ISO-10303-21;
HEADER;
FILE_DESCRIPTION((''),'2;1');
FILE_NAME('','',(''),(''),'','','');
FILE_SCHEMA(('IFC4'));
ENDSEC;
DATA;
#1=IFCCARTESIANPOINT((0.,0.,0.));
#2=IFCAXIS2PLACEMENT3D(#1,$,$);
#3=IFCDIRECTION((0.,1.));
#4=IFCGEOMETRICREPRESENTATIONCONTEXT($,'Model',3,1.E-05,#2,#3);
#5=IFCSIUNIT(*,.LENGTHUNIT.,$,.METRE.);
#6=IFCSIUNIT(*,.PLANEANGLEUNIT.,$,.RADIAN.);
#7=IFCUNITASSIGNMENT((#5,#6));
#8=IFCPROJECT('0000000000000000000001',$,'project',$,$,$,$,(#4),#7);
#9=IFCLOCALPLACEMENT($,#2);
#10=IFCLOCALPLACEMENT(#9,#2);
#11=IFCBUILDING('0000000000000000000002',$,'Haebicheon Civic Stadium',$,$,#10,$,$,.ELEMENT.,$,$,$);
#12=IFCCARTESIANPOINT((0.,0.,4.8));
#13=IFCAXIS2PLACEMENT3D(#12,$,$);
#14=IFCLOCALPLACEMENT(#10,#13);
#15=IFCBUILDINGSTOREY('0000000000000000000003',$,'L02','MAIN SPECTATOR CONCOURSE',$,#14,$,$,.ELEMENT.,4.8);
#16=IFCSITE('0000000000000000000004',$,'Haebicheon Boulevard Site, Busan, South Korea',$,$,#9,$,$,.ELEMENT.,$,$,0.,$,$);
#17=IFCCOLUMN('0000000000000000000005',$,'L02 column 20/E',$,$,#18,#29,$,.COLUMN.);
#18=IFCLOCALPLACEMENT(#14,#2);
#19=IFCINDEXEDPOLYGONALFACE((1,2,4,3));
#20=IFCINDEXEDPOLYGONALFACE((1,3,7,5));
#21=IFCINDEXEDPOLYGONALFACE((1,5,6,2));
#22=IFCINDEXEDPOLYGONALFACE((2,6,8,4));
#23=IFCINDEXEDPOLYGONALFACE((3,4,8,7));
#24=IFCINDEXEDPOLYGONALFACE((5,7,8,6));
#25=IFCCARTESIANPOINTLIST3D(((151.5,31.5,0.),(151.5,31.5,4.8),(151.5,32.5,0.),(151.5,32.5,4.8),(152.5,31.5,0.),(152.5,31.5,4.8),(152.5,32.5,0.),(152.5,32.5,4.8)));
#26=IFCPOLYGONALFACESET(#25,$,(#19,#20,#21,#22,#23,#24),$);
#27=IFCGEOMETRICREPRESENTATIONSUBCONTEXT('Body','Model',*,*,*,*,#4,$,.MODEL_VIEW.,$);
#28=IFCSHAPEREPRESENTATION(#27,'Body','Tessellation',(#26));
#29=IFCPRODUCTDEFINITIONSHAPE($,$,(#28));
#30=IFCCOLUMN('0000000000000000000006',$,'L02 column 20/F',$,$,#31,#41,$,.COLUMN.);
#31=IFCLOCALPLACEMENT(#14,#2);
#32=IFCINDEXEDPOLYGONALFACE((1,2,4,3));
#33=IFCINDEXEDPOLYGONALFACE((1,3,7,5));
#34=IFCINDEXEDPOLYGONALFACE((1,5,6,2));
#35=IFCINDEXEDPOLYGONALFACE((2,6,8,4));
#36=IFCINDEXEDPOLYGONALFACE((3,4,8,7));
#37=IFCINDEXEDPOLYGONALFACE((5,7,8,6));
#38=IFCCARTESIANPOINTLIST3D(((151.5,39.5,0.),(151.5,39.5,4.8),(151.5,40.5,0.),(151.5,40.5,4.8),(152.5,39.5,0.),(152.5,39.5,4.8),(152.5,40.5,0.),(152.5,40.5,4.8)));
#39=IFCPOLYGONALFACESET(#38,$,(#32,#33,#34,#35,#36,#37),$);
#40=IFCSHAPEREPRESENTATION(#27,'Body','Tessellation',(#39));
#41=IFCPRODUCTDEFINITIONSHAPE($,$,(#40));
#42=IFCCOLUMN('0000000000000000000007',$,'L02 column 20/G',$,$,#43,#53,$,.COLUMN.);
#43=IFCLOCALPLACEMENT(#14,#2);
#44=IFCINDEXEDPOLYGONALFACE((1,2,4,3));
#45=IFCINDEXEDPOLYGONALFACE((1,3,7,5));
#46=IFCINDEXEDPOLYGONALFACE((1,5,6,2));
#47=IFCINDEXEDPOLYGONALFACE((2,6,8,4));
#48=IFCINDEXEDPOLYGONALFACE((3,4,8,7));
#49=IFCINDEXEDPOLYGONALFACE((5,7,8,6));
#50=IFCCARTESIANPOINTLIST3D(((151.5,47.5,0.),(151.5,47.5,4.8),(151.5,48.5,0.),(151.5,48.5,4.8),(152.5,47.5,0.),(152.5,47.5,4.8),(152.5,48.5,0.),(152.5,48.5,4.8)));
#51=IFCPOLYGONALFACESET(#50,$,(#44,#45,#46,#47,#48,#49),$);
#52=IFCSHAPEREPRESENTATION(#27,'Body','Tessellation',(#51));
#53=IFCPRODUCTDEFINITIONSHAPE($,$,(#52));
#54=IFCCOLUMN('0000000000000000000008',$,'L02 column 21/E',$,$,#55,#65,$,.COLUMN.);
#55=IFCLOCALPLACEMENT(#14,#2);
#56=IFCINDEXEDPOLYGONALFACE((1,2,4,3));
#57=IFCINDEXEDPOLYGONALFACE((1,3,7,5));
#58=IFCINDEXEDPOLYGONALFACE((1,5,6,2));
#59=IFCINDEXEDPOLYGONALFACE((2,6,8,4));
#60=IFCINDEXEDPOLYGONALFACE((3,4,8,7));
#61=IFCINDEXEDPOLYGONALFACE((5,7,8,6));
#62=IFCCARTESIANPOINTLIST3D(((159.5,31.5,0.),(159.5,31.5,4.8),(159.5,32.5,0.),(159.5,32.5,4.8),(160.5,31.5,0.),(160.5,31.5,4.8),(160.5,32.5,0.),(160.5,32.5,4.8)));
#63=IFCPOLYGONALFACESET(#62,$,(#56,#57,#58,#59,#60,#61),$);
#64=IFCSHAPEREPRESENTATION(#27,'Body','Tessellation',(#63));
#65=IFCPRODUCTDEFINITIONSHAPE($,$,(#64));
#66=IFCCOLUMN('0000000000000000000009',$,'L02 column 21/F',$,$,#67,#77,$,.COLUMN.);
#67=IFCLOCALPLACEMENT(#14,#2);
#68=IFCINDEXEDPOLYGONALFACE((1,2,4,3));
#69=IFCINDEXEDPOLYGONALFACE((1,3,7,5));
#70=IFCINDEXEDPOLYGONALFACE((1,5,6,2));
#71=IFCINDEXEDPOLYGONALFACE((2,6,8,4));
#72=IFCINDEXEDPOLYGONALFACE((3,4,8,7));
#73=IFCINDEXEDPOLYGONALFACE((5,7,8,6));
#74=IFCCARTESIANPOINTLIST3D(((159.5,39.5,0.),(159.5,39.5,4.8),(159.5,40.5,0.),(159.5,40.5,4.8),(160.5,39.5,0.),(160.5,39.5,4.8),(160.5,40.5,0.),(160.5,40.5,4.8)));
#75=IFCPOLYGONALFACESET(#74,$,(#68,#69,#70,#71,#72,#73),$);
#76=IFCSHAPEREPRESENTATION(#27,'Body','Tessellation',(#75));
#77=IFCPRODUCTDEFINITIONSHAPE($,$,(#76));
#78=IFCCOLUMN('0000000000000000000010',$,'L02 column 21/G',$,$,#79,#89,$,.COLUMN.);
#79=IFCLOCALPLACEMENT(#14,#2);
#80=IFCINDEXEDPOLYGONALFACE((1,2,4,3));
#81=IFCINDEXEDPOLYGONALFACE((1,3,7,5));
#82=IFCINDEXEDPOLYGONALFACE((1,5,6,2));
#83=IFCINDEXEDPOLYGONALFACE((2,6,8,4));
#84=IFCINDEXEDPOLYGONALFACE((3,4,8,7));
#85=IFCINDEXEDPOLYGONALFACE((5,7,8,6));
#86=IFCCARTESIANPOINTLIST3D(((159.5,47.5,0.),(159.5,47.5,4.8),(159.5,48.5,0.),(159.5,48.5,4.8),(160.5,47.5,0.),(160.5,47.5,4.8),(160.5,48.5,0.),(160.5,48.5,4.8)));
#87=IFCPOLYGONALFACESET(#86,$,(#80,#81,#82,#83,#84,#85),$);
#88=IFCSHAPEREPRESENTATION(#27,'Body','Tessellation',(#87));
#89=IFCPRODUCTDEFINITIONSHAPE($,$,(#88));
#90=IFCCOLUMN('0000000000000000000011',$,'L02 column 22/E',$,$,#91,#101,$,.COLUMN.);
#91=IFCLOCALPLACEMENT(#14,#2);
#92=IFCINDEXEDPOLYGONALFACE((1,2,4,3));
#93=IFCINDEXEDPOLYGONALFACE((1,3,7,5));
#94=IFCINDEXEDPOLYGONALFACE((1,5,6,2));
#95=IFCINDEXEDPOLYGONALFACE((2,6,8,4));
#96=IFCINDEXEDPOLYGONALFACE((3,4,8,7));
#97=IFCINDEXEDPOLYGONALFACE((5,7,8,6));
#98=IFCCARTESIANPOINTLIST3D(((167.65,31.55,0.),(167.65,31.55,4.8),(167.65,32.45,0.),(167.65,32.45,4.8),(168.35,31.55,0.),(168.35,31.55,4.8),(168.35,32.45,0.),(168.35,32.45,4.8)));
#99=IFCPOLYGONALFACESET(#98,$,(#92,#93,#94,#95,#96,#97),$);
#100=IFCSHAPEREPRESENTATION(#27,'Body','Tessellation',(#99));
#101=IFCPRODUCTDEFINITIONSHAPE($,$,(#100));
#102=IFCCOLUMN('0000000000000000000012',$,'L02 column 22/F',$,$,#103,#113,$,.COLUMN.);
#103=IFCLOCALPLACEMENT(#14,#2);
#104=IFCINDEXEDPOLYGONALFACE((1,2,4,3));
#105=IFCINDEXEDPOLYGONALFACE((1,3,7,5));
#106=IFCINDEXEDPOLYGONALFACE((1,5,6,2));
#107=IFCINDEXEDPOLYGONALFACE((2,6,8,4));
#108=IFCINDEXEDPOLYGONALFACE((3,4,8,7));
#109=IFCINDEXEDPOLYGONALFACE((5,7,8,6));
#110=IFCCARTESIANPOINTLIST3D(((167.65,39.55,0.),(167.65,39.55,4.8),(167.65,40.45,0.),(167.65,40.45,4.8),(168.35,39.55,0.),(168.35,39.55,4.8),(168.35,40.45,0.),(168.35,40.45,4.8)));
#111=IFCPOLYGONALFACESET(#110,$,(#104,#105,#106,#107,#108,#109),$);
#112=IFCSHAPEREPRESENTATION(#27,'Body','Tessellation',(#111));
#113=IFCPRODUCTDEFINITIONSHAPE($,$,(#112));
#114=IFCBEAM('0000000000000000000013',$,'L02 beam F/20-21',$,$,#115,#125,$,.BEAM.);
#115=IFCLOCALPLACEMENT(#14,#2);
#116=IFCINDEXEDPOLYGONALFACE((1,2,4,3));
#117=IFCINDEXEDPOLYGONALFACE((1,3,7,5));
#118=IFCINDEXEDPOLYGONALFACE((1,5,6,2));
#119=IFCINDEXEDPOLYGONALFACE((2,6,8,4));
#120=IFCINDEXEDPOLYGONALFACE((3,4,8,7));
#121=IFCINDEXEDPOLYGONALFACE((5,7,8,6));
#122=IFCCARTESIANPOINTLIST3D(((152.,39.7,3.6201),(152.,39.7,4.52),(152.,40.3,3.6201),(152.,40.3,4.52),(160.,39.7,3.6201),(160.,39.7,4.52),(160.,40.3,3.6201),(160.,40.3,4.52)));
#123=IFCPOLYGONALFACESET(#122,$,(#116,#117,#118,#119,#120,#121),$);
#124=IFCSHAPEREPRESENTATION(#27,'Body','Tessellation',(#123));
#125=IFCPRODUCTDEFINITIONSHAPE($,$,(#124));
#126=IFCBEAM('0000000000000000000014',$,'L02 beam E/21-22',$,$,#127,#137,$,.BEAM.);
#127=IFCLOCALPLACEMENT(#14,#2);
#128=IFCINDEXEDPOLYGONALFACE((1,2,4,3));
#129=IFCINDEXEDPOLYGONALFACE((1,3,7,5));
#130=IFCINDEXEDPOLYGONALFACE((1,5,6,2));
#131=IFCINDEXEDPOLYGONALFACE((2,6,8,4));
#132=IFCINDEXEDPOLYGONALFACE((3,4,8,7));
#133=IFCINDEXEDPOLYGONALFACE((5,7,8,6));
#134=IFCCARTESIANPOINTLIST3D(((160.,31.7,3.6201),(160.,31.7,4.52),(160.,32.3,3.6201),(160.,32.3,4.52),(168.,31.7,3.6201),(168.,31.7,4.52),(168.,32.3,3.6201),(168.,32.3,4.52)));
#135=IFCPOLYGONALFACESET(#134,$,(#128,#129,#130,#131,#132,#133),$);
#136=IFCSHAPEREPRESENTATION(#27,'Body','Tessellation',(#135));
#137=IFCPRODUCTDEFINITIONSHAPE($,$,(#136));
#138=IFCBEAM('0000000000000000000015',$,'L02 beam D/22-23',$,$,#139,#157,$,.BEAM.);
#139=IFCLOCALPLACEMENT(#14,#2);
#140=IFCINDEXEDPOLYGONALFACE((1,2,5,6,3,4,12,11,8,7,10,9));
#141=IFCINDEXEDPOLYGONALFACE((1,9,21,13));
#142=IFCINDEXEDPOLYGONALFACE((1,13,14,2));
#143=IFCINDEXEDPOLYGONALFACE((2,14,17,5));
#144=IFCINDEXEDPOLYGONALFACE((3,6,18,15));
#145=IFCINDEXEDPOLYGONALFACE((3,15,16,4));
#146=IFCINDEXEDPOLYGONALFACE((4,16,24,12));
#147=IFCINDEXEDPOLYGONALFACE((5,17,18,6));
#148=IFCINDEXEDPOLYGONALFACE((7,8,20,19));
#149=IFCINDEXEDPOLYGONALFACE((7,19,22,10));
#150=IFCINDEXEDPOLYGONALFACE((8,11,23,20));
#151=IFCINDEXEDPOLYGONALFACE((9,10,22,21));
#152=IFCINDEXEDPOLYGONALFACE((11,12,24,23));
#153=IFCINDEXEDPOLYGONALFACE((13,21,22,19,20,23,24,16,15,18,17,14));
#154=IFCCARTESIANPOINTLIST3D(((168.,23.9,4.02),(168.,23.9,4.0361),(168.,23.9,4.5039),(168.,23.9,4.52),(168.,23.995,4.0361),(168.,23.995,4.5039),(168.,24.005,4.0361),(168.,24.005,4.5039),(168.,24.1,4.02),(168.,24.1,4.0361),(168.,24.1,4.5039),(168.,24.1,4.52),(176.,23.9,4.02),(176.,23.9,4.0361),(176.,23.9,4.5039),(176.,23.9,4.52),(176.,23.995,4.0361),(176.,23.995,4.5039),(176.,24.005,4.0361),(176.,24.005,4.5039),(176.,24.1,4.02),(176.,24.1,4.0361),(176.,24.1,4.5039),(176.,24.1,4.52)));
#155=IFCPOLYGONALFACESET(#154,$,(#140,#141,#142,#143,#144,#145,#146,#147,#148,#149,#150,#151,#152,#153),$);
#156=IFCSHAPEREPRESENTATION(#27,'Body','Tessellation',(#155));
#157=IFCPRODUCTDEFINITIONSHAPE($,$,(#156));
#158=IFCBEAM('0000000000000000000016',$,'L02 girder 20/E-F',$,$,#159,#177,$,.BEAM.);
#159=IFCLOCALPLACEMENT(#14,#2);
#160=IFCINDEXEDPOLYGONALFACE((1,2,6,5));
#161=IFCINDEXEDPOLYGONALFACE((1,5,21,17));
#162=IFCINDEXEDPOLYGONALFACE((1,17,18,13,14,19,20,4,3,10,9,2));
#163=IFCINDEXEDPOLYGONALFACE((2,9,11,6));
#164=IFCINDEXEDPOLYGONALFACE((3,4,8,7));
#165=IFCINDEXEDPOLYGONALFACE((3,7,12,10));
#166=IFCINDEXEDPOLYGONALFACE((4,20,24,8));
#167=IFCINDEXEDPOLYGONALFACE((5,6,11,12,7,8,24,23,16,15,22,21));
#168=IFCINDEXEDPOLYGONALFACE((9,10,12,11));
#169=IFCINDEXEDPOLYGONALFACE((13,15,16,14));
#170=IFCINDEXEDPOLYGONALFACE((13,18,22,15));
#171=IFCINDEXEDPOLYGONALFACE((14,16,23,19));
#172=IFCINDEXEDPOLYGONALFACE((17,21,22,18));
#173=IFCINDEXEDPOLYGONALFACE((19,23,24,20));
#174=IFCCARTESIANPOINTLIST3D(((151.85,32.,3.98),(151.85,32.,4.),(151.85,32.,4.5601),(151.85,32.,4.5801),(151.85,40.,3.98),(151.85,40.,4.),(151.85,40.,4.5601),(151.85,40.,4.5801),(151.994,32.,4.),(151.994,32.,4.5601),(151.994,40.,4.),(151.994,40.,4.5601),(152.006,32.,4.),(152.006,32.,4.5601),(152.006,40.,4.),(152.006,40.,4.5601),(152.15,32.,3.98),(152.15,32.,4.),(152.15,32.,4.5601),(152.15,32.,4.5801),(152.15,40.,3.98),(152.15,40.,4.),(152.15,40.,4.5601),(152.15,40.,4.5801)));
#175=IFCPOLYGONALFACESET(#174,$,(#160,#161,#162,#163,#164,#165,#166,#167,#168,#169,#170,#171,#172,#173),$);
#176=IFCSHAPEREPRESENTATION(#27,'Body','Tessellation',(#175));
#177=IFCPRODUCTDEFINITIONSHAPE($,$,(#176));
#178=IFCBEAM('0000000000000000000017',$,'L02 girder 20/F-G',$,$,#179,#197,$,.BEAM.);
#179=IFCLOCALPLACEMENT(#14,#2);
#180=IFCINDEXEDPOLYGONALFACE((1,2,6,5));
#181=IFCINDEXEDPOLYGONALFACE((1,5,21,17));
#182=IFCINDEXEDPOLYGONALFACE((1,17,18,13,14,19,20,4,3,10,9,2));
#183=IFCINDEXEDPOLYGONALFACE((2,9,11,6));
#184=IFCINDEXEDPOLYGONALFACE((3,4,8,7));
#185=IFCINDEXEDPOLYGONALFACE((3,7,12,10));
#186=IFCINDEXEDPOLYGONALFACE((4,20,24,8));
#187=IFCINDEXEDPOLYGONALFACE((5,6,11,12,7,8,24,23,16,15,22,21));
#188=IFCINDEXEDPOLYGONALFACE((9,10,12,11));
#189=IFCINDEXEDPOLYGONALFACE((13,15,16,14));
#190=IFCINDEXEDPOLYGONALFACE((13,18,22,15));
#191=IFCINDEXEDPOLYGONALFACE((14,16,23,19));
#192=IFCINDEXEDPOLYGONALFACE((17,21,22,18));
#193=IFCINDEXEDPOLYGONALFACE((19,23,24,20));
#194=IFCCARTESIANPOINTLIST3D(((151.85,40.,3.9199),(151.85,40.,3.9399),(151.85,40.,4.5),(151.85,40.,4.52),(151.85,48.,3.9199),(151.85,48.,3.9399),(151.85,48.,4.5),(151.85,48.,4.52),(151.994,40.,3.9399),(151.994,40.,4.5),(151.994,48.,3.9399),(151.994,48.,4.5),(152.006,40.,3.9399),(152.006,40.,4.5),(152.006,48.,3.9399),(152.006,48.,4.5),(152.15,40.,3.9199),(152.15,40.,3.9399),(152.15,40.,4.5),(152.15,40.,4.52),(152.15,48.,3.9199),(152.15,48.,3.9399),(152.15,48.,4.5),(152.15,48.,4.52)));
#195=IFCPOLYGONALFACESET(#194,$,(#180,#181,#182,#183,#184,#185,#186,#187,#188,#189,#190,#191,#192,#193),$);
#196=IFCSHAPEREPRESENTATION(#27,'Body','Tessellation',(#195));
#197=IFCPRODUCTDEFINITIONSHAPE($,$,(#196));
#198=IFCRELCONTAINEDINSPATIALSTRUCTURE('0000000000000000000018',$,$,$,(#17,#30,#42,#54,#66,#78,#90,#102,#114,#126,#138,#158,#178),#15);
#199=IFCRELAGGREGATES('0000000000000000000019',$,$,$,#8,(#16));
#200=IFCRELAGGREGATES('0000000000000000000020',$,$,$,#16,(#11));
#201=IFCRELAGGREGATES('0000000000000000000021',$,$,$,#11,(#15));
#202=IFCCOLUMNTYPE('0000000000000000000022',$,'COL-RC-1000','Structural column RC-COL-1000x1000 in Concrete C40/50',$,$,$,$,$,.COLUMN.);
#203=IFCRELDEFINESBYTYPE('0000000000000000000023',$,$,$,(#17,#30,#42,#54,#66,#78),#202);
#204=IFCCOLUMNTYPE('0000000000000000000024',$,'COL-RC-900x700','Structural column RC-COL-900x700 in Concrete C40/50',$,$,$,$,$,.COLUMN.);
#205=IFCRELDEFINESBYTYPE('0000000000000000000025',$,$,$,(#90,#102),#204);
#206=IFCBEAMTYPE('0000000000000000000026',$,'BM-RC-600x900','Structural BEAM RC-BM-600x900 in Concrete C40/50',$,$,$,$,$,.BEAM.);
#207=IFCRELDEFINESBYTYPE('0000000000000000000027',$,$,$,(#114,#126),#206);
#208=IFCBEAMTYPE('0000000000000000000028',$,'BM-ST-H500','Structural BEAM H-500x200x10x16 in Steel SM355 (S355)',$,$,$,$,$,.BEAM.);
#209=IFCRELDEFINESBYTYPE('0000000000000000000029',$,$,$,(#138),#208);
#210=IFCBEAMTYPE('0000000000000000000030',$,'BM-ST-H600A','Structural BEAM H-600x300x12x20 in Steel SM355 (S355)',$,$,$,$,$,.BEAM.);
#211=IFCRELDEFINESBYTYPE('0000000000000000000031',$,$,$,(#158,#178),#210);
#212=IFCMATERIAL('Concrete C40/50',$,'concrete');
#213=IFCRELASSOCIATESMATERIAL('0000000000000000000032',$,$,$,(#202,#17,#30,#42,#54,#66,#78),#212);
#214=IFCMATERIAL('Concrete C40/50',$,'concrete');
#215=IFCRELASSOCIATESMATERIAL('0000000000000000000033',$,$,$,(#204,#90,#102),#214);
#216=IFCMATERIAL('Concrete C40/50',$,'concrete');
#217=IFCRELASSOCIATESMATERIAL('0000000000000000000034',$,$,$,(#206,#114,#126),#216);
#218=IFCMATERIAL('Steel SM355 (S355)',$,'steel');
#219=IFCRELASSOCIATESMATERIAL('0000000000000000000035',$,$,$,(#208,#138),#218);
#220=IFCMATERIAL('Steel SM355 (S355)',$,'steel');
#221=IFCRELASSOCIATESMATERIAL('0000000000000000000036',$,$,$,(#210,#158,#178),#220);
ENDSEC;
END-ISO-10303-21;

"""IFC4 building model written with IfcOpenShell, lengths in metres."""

from ifc_helpers import new_model, si_unit, direction, frame, origin, origin_2d, place, context, subcontext, project, spatial, rectangle, i_section, extrude, material, material_profile, profile_set, type_object, element, save


model = new_model("IFC4")

# Units and contexts
model_context = context("Model", 3, precision=1e-05, world=origin(), true_north=direction((0.0, 1.0)))
body_context = subcontext(model_context, "Body", "Model", "MODEL_VIEW")
ifc_project = project(units=[si_unit("LENGTHUNIT", "METRE"), si_unit("PLANEANGLEUNIT", "RADIAN")], contexts=[model_context])

# Site, building, storey
site_placement = place(None, origin())
site = spatial("IfcSite", under=ifc_project, at=site_placement, Name="Haebicheon Boulevard Site, Busan, South Korea", CompositionType="ELEMENT", RefElevation=0.0)
building_placement = place(site_placement, origin())
building = spatial("IfcBuilding", under=site, at=building_placement, Name="Haebicheon Civic Stadium", CompositionType="ELEMENT")
storey_placement = place(building_placement, frame((0.0, 0.0, 4.8)))
storey = spatial("IfcBuildingStorey", under=building, at=storey_placement, Name="L02", Description="MAIN SPECTATOR CONCOURSE", CompositionType="ELEMENT", Elevation=4.8)

# Columns
ifc_material_1 = material(Name="Concrete C40/50", Category="concrete")
ifc_material_profile_1 = material_profile(ifc_material_1, rectangle(XDim=1.0, YDim=1.0, at=origin_2d()), Name="RC-COL-1000x1000")
ifc_profile_set_1 = profile_set([ifc_material_profile_1], Name="Concrete C40/50")
column_type_1 = type_object("IfcColumnType", Name="COL-RC-1000", Description="Structural column RC-COL-1000x1000 in Concrete C40/50", PredefinedType="COLUMN", material=ifc_profile_set_1)
for number, where, z_axis, x_axis, name in (
    (1, (152.0, 32.0, 0.0), (0.0, 0.0, 1.0), (1.0, 0.0, 0.0), "L02 column 20/E"),
    (2, (152.0, 40.0, 0.0), (0.0, 0.0, 1.0), (1.0, 0.0, 0.0), "L02 column 20/F"),
    (3, (152.0, 48.0, 0.0), (0.0, 0.0, 1.0), (1.0, 0.0, 0.0), "L02 column 20/G"),
    (4, (160.0, 32.0, 0.0), (0.0, 0.0, 1.0), (1.0, 0.0, 0.0), "L02 column 21/E"),
    (5, (160.0, 40.0, 0.0), (0.0, 0.0, 1.0), (1.0, 0.0, 0.0), "L02 column 21/F"),
    (6, (160.0, 48.0, 0.0), (0.0, 0.0, 1.0), (1.0, 0.0, 0.0), "L02 column 21/G"),
):
    element("IfcColumn", number, at=place(storey_placement, frame(where, z_axis=z_axis, x_axis=x_axis)), inside=storey, type_object=column_type_1, material=ifc_profile_set_1, Name=name, PredefinedType="COLUMN", context=body_context, shape_type="SweptSolid", body=[
        extrude(rectangle(XDim=1.0, YDim=1.0, at=origin_2d()), origin(), (0.0, 0.0, 1.0), 4.8),
    ])
ifc_material_2 = material(Name="Concrete C40/50", Category="concrete")
ifc_material_profile_2 = material_profile(ifc_material_2, rectangle(XDim=0.7, YDim=0.8999, at=origin_2d()), Name="RC-COL-900x700")
ifc_profile_set_2 = profile_set([ifc_material_profile_2], Name="Concrete C40/50")
column_type_2 = type_object("IfcColumnType", Name="COL-RC-900x700", Description="Structural column RC-COL-900x700 in Concrete C40/50", PredefinedType="COLUMN", material=ifc_profile_set_2)
for number, where, z_axis, x_axis, name in (
    (7, (168.0, 32.0, 0.0), (0.0, 0.0, 1.0), (1.0, 0.0, 0.0), "L02 column 22/E"),
    (8, (168.0, 40.0, 0.0), (0.0, 0.0, 1.0), (1.0, 0.0, 0.0), "L02 column 22/F"),
):
    element("IfcColumn", number, at=place(storey_placement, frame(where, z_axis=z_axis, x_axis=x_axis)), inside=storey, type_object=column_type_2, material=ifc_profile_set_2, Name=name, PredefinedType="COLUMN", context=body_context, shape_type="SweptSolid", body=[
        extrude(rectangle(XDim=0.7, YDim=0.8999, at=origin_2d()), origin(), (0.0, 0.0, 1.0), 4.8),
    ])

# Beams
ifc_material_3 = material(Name="Concrete C40/50", Category="concrete")
ifc_material_profile_3 = material_profile(ifc_material_3, rectangle(XDim=0.6001, YDim=0.8999, at=origin_2d()), Name="RC-BM-600x900")
ifc_profile_set_3 = profile_set([ifc_material_profile_3], Name="Concrete C40/50")
beam_type_1 = type_object("IfcBeamType", Name="BM-RC-600x900", Description="Structural BEAM RC-BM-600x900 in Concrete C40/50", PredefinedType="BEAM", material=ifc_profile_set_3)
for number, where, z_axis, x_axis, name in (
    (9, (152.0, 40.0, 4.0701), (1.0, 0.0, 0.0), (0.0, 1.0, 0.0), "L02 beam F/20-21"),
    (10, (160.0, 32.0, 4.0701), (1.0, 0.0, 0.0), (0.0, 1.0, 0.0), "L02 beam E/21-22"),
):
    element("IfcBeam", number, at=place(storey_placement, frame(where, z_axis=z_axis, x_axis=x_axis)), inside=storey, type_object=beam_type_1, material=ifc_profile_set_3, Name=name, PredefinedType="BEAM", context=body_context, shape_type="SweptSolid", body=[
        extrude(rectangle(XDim=0.6001, YDim=0.8999, at=origin_2d()), origin(), (0.0, 0.0, 1.0), 8.0),
    ])
ifc_material_4 = material(Name="Steel SM355 (S355)", Category="steel")
ifc_material_profile_4 = material_profile(ifc_material_4, i_section(OverallWidth=0.2, OverallDepth=0.5, WebThickness=0.01, FlangeThickness=0.0161, at=origin_2d()), Name="H-500x200x10x16")
ifc_profile_set_4 = profile_set([ifc_material_profile_4], Name="Steel SM355 (S355)")
beam_type_2 = type_object("IfcBeamType", Name="BM-ST-H500", Description="Structural BEAM H-500x200x10x16 in Steel SM355 (S355)", PredefinedType="BEAM", material=ifc_profile_set_4)
beam_placement = place(storey_placement, frame((168.0, 24.0, 4.27), z_axis=(1.0, 0.0, 0.0), x_axis=(0.0, 1.0, 0.0)))
element("IfcBeam", 11, at=beam_placement, inside=storey, type_object=beam_type_2, material=ifc_profile_set_4, Name="L02 beam D/22-23", PredefinedType="BEAM", context=body_context, shape_type="SweptSolid", body=[
    extrude(i_section(OverallWidth=0.2, OverallDepth=0.5, WebThickness=0.01, FlangeThickness=0.0161, at=origin_2d()), origin(), (0.0, 0.0, 1.0), 8.0),
])
ifc_material_5 = material(Name="Steel SM355 (S355)", Category="steel")
ifc_material_profile_5 = material_profile(ifc_material_5, i_section(OverallWidth=0.3, OverallDepth=0.6001, WebThickness=0.012, FlangeThickness=0.02, at=origin_2d()), Name="H-600x300x12x20")
ifc_profile_set_5 = profile_set([ifc_material_profile_5], Name="Steel SM355 (S355)")
beam_type_3 = type_object("IfcBeamType", Name="BM-ST-H600A", Description="Structural BEAM H-600x300x12x20 in Steel SM355 (S355)", PredefinedType="BEAM", material=ifc_profile_set_5)
for number, where, z_axis, x_axis, name in (
    (12, (152.0, 32.0, 4.28), (0.0, 1.0, 0.0), (-1.0, 0.0, 0.0), "L02 girder 20/E-F"),
    (13, (152.0, 40.0, 4.22), (0.0, 1.0, 0.0), (-1.0, 0.0, 0.0), "L02 girder 20/F-G"),
):
    element("IfcBeam", number, at=place(storey_placement, frame(where, z_axis=z_axis, x_axis=x_axis)), inside=storey, type_object=beam_type_3, material=ifc_profile_set_5, Name=name, PredefinedType="BEAM", context=body_context, shape_type="SweptSolid", body=[
        extrude(i_section(OverallWidth=0.3, OverallDepth=0.6001, WebThickness=0.012, FlangeThickness=0.02, at=origin_2d()), origin(), (0.0, 0.0, 1.0), 8.0),
    ])

save(model, "model.ifc")
